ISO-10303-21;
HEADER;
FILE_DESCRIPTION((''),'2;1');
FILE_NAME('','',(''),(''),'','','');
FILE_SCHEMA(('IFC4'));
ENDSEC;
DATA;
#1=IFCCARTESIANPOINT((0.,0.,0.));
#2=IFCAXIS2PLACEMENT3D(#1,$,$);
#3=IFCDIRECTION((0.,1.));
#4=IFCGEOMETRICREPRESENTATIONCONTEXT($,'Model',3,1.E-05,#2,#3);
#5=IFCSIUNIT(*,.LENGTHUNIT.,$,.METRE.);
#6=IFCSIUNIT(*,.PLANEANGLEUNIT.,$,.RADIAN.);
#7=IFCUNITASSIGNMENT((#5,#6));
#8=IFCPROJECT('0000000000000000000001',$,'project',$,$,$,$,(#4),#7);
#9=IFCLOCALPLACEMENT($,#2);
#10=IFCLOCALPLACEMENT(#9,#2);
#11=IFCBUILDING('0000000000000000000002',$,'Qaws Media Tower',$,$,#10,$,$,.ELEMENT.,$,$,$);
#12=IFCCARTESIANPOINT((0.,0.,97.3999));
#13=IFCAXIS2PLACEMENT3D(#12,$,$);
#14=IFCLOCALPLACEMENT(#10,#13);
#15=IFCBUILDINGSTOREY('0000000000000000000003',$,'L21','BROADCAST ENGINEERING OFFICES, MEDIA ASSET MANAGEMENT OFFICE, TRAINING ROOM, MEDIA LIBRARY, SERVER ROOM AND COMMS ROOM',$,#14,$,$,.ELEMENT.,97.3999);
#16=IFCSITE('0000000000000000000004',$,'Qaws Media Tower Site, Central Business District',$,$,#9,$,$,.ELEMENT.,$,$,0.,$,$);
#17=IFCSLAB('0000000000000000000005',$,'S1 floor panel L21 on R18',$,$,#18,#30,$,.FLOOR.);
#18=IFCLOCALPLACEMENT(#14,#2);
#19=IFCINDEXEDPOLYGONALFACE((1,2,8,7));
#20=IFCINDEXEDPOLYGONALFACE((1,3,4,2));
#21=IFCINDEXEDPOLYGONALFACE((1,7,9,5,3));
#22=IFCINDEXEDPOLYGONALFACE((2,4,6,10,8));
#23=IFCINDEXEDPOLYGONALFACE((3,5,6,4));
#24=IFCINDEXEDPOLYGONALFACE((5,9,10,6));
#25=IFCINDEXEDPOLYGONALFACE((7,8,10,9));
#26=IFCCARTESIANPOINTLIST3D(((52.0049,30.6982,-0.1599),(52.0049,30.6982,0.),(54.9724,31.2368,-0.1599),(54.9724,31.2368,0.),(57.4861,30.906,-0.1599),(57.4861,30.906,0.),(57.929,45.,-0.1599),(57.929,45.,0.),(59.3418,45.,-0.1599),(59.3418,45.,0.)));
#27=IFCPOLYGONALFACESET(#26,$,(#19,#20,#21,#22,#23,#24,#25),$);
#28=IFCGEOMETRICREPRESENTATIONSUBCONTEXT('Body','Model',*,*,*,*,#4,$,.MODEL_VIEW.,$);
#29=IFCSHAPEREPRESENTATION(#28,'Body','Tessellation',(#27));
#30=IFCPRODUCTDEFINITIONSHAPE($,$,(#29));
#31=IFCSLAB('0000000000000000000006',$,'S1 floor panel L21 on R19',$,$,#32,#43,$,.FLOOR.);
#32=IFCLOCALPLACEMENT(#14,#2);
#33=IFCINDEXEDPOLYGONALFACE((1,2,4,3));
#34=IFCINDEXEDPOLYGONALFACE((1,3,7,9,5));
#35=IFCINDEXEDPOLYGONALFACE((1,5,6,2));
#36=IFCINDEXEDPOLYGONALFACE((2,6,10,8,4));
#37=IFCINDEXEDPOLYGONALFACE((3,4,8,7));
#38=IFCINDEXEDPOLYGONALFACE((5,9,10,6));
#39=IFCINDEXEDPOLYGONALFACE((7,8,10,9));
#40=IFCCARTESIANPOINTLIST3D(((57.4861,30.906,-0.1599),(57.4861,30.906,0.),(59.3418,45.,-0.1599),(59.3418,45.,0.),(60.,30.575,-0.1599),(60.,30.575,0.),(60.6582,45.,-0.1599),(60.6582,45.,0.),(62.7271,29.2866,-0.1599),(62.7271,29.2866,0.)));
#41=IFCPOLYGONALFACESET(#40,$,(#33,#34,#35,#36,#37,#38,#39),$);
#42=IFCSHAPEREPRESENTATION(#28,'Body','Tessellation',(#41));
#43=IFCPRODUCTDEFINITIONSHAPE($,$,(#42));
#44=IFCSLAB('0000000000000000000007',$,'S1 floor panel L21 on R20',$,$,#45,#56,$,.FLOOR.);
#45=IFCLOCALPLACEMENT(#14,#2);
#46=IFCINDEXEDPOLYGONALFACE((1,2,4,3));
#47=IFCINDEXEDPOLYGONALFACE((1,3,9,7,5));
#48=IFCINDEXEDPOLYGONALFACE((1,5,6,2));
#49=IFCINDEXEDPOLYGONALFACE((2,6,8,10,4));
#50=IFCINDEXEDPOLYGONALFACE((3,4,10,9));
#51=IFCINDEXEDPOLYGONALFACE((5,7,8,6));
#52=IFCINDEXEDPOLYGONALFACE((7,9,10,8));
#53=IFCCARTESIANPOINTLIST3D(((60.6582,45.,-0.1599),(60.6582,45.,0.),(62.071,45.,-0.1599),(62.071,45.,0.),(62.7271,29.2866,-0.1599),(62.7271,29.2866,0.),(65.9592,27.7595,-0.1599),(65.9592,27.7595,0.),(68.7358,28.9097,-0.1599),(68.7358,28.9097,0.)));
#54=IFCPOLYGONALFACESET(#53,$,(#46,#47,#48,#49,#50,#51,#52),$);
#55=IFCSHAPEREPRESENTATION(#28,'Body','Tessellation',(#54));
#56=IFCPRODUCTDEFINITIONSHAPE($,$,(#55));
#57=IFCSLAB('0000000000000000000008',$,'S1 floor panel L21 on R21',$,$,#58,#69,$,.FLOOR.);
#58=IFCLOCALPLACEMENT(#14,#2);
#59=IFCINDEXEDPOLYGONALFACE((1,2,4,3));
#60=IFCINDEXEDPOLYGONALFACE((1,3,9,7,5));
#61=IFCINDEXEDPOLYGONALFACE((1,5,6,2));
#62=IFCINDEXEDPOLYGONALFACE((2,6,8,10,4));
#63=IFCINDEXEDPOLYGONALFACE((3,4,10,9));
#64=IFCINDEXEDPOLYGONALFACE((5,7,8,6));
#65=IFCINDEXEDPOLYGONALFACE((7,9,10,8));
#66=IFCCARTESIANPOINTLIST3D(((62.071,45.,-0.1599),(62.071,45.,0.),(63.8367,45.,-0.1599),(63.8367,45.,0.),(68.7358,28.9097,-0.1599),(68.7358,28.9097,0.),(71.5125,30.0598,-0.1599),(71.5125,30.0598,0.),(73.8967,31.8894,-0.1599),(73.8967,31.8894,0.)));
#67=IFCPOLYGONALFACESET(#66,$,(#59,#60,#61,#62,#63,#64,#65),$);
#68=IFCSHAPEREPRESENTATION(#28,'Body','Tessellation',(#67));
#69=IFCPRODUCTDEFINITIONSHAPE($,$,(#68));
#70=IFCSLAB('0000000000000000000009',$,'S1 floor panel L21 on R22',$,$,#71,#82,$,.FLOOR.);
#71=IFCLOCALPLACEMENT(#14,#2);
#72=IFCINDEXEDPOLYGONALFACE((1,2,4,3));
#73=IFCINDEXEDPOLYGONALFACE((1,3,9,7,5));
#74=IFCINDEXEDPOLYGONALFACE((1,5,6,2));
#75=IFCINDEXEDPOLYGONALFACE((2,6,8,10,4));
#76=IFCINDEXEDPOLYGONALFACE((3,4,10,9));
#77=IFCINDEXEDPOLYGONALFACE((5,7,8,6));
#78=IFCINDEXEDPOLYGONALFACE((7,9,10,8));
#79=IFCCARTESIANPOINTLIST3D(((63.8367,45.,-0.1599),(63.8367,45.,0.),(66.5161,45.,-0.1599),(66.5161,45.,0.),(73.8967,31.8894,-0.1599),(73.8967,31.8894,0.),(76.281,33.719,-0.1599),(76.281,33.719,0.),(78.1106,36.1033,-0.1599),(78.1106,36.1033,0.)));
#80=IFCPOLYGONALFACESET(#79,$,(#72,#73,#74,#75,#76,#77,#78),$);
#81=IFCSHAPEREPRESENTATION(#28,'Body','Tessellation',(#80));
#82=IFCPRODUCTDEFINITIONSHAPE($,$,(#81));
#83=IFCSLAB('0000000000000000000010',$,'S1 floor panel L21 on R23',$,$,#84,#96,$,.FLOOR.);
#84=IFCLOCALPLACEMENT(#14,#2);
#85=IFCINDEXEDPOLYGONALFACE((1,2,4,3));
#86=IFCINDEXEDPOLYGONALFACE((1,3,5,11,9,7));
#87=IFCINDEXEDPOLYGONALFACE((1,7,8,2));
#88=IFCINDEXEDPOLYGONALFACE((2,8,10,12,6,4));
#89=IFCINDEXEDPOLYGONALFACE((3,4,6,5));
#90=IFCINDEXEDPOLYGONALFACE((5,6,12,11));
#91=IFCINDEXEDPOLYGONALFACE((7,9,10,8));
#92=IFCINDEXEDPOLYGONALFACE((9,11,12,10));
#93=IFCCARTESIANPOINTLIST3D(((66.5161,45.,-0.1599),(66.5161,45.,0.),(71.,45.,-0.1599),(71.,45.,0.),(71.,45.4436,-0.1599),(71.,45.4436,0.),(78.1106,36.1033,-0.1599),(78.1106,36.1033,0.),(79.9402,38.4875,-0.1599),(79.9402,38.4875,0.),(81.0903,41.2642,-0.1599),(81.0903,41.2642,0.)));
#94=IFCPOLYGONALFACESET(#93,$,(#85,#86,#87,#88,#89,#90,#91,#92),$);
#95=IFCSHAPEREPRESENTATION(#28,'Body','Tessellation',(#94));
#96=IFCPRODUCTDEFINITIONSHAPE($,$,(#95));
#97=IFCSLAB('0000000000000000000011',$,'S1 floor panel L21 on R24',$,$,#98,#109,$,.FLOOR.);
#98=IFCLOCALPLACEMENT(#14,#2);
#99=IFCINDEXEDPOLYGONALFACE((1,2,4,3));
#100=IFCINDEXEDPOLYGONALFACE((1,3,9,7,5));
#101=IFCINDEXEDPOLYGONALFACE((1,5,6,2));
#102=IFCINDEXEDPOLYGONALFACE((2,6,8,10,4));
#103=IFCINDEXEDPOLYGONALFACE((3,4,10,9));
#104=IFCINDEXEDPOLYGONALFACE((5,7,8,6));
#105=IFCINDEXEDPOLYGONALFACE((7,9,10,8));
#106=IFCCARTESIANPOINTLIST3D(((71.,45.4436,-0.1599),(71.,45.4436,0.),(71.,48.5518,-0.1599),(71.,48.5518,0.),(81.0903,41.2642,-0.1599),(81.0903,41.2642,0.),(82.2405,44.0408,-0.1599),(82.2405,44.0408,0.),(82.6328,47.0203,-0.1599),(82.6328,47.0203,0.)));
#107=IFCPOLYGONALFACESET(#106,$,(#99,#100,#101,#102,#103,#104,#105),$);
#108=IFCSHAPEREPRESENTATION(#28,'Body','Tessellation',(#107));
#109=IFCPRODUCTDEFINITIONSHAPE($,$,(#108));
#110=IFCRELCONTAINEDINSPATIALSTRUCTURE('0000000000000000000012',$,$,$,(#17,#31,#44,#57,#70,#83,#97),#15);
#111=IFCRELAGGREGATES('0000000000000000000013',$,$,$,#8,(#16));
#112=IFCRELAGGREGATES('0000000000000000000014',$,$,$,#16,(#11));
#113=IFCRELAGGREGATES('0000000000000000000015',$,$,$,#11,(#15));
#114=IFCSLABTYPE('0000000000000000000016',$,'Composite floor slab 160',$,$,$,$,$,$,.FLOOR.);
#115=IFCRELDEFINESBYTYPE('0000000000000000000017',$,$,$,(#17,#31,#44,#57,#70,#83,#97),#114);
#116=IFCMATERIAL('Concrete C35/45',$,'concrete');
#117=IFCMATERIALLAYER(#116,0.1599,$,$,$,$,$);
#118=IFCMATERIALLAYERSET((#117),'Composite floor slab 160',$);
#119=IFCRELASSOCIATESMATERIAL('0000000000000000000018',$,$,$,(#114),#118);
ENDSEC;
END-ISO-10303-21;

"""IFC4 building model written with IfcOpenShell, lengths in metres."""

from ifc_helpers import new_model, si_unit, direction, frame, origin, place, context, subcontext, project, spatial, polyline, outline, extrude, material, layer, layer_set, type_object, element, save


model = new_model("IFC4")

# Units and contexts
model_context = context("Model", 3, precision=1e-05, world=origin(), true_north=direction((0.0, 1.0)))
body_context = subcontext(model_context, "Body", "Model", "MODEL_VIEW")
ifc_project = project(units=[si_unit("LENGTHUNIT", "METRE"), si_unit("PLANEANGLEUNIT", "RADIAN")], contexts=[model_context])

# Site, building, storey
site_placement = place(None, origin())
site = spatial("IfcSite", under=ifc_project, at=site_placement, Name="Qaws Media Tower Site, Central Business District", CompositionType="ELEMENT", RefElevation=0.0)
building_placement = place(site_placement, origin())
building = spatial("IfcBuilding", under=site, at=building_placement, Name="Qaws Media Tower", CompositionType="ELEMENT")
storey_placement = place(building_placement, frame((0.0, 0.0, 97.3999)))
storey = spatial("IfcBuildingStorey", under=building, at=storey_placement, Name="L21", Description="BROADCAST ENGINEERING OFFICES, MEDIA ASSET MANAGEMENT OFFICE, TRAINING ROOM, MEDIA LIBRARY, SERVER ROOM AND COMMS ROOM", CompositionType="ELEMENT", Elevation=97.3999)

# Slabs
ifc_material_1 = material(Name="Concrete C35/45", Category="concrete")
ifc_layer_1 = layer(ifc_material_1, 0.1599)
ifc_layer_set_1 = layer_set([ifc_layer_1], Name="Composite floor slab 160")
slab_type_1 = type_object("IfcSlabType", Name="Composite floor slab 160", PredefinedType="FLOOR", material=ifc_layer_set_1)
slab_1_placement = place(storey_placement, frame((0.0, 0.0, -0.1599)))
element("IfcSlab", 1, at=slab_1_placement, inside=storey, type_object=slab_type_1, Name="S1 floor panel L21 on R18", PredefinedType="FLOOR", context=body_context, shape_type="SweptSolid", body=[
    extrude(outline(polyline([(54.9724, 31.2368), (52.0049, 30.6982), (57.929, 45.0), (59.3418, 45.0), (57.4861, 30.906), (54.9724, 31.2368)])), origin(), (0.0, 0.0, 1.0), 0.1599),
])
slab_2_placement = place(storey_placement, frame((0.0, 0.0, -0.1599)))
element("IfcSlab", 2, at=slab_2_placement, inside=storey, type_object=slab_type_1, Name="S1 floor panel L21 on R19", PredefinedType="FLOOR", context=body_context, shape_type="SweptSolid", body=[
    extrude(outline(polyline([(60.0, 30.575), (57.4861, 30.906), (59.3418, 45.0), (60.6582, 45.0), (62.7271, 29.2866), (60.0, 30.575)])), origin(), (0.0, 0.0, 1.0), 0.1599),
])
slab_3_placement = place(storey_placement, frame((0.0, 0.0, -0.1599)))
element("IfcSlab", 3, at=slab_3_placement, inside=storey, type_object=slab_type_1, Name="S1 floor panel L21 on R20", PredefinedType="FLOOR", context=body_context, shape_type="SweptSolid", body=[
    extrude(outline(polyline([(65.9592, 27.7595), (62.7271, 29.2866), (60.6582, 45.0), (62.071, 45.0), (68.7358, 28.9097), (65.9592, 27.7595)])), origin(), (0.0, 0.0, 1.0), 0.1599),
])
slab_4_placement = place(storey_placement, frame((0.0, 0.0, -0.1599)))
element("IfcSlab", 4, at=slab_4_placement, inside=storey, type_object=slab_type_1, Name="S1 floor panel L21 on R21", PredefinedType="FLOOR", context=body_context, shape_type="SweptSolid", body=[
    extrude(outline(polyline([(71.5125, 30.0598), (68.7358, 28.9097), (62.071, 45.0), (63.8367, 45.0), (73.8967, 31.8894), (71.5125, 30.0598)])), origin(), (0.0, 0.0, 1.0), 0.1599),
])
slab_5_placement = place(storey_placement, frame((0.0, 0.0, -0.1599)))
element("IfcSlab", 5, at=slab_5_placement, inside=storey, type_object=slab_type_1, Name="S1 floor panel L21 on R22", PredefinedType="FLOOR", context=body_context, shape_type="SweptSolid", body=[
    extrude(outline(polyline([(76.281, 33.719), (73.8967, 31.8894), (63.8367, 45.0), (66.5161, 45.0), (78.1106, 36.1033), (76.281, 33.719)])), origin(), (0.0, 0.0, 1.0), 0.1599),
])
slab_6_placement = place(storey_placement, frame((0.0, 0.0, -0.1599)))
element("IfcSlab", 6, at=slab_6_placement, inside=storey, type_object=slab_type_1, Name="S1 floor panel L21 on R23", PredefinedType="FLOOR", context=body_context, shape_type="SweptSolid", body=[
    extrude(outline(polyline([(79.9402, 38.4875), (78.1106, 36.1033), (66.5161, 45.0), (71.0, 45.0), (71.0, 45.4436), (81.0903, 41.2642), (79.9402, 38.4875)])), origin(), (0.0, 0.0, 1.0), 0.1599),
])
slab_7_placement = place(storey_placement, frame((0.0, 0.0, -0.1599)))
element("IfcSlab", 7, at=slab_7_placement, inside=storey, type_object=slab_type_1, Name="S1 floor panel L21 on R24", PredefinedType="FLOOR", context=body_context, shape_type="SweptSolid", body=[
    extrude(outline(polyline([(81.0903, 41.2642), (71.0, 45.4436), (71.0, 48.5518), (82.6328, 47.0203), (82.2405, 44.0408), (81.0903, 41.2642)])), origin(), (0.0, 0.0, 1.0), 0.1599),
])

save(model, "model.ifc")
